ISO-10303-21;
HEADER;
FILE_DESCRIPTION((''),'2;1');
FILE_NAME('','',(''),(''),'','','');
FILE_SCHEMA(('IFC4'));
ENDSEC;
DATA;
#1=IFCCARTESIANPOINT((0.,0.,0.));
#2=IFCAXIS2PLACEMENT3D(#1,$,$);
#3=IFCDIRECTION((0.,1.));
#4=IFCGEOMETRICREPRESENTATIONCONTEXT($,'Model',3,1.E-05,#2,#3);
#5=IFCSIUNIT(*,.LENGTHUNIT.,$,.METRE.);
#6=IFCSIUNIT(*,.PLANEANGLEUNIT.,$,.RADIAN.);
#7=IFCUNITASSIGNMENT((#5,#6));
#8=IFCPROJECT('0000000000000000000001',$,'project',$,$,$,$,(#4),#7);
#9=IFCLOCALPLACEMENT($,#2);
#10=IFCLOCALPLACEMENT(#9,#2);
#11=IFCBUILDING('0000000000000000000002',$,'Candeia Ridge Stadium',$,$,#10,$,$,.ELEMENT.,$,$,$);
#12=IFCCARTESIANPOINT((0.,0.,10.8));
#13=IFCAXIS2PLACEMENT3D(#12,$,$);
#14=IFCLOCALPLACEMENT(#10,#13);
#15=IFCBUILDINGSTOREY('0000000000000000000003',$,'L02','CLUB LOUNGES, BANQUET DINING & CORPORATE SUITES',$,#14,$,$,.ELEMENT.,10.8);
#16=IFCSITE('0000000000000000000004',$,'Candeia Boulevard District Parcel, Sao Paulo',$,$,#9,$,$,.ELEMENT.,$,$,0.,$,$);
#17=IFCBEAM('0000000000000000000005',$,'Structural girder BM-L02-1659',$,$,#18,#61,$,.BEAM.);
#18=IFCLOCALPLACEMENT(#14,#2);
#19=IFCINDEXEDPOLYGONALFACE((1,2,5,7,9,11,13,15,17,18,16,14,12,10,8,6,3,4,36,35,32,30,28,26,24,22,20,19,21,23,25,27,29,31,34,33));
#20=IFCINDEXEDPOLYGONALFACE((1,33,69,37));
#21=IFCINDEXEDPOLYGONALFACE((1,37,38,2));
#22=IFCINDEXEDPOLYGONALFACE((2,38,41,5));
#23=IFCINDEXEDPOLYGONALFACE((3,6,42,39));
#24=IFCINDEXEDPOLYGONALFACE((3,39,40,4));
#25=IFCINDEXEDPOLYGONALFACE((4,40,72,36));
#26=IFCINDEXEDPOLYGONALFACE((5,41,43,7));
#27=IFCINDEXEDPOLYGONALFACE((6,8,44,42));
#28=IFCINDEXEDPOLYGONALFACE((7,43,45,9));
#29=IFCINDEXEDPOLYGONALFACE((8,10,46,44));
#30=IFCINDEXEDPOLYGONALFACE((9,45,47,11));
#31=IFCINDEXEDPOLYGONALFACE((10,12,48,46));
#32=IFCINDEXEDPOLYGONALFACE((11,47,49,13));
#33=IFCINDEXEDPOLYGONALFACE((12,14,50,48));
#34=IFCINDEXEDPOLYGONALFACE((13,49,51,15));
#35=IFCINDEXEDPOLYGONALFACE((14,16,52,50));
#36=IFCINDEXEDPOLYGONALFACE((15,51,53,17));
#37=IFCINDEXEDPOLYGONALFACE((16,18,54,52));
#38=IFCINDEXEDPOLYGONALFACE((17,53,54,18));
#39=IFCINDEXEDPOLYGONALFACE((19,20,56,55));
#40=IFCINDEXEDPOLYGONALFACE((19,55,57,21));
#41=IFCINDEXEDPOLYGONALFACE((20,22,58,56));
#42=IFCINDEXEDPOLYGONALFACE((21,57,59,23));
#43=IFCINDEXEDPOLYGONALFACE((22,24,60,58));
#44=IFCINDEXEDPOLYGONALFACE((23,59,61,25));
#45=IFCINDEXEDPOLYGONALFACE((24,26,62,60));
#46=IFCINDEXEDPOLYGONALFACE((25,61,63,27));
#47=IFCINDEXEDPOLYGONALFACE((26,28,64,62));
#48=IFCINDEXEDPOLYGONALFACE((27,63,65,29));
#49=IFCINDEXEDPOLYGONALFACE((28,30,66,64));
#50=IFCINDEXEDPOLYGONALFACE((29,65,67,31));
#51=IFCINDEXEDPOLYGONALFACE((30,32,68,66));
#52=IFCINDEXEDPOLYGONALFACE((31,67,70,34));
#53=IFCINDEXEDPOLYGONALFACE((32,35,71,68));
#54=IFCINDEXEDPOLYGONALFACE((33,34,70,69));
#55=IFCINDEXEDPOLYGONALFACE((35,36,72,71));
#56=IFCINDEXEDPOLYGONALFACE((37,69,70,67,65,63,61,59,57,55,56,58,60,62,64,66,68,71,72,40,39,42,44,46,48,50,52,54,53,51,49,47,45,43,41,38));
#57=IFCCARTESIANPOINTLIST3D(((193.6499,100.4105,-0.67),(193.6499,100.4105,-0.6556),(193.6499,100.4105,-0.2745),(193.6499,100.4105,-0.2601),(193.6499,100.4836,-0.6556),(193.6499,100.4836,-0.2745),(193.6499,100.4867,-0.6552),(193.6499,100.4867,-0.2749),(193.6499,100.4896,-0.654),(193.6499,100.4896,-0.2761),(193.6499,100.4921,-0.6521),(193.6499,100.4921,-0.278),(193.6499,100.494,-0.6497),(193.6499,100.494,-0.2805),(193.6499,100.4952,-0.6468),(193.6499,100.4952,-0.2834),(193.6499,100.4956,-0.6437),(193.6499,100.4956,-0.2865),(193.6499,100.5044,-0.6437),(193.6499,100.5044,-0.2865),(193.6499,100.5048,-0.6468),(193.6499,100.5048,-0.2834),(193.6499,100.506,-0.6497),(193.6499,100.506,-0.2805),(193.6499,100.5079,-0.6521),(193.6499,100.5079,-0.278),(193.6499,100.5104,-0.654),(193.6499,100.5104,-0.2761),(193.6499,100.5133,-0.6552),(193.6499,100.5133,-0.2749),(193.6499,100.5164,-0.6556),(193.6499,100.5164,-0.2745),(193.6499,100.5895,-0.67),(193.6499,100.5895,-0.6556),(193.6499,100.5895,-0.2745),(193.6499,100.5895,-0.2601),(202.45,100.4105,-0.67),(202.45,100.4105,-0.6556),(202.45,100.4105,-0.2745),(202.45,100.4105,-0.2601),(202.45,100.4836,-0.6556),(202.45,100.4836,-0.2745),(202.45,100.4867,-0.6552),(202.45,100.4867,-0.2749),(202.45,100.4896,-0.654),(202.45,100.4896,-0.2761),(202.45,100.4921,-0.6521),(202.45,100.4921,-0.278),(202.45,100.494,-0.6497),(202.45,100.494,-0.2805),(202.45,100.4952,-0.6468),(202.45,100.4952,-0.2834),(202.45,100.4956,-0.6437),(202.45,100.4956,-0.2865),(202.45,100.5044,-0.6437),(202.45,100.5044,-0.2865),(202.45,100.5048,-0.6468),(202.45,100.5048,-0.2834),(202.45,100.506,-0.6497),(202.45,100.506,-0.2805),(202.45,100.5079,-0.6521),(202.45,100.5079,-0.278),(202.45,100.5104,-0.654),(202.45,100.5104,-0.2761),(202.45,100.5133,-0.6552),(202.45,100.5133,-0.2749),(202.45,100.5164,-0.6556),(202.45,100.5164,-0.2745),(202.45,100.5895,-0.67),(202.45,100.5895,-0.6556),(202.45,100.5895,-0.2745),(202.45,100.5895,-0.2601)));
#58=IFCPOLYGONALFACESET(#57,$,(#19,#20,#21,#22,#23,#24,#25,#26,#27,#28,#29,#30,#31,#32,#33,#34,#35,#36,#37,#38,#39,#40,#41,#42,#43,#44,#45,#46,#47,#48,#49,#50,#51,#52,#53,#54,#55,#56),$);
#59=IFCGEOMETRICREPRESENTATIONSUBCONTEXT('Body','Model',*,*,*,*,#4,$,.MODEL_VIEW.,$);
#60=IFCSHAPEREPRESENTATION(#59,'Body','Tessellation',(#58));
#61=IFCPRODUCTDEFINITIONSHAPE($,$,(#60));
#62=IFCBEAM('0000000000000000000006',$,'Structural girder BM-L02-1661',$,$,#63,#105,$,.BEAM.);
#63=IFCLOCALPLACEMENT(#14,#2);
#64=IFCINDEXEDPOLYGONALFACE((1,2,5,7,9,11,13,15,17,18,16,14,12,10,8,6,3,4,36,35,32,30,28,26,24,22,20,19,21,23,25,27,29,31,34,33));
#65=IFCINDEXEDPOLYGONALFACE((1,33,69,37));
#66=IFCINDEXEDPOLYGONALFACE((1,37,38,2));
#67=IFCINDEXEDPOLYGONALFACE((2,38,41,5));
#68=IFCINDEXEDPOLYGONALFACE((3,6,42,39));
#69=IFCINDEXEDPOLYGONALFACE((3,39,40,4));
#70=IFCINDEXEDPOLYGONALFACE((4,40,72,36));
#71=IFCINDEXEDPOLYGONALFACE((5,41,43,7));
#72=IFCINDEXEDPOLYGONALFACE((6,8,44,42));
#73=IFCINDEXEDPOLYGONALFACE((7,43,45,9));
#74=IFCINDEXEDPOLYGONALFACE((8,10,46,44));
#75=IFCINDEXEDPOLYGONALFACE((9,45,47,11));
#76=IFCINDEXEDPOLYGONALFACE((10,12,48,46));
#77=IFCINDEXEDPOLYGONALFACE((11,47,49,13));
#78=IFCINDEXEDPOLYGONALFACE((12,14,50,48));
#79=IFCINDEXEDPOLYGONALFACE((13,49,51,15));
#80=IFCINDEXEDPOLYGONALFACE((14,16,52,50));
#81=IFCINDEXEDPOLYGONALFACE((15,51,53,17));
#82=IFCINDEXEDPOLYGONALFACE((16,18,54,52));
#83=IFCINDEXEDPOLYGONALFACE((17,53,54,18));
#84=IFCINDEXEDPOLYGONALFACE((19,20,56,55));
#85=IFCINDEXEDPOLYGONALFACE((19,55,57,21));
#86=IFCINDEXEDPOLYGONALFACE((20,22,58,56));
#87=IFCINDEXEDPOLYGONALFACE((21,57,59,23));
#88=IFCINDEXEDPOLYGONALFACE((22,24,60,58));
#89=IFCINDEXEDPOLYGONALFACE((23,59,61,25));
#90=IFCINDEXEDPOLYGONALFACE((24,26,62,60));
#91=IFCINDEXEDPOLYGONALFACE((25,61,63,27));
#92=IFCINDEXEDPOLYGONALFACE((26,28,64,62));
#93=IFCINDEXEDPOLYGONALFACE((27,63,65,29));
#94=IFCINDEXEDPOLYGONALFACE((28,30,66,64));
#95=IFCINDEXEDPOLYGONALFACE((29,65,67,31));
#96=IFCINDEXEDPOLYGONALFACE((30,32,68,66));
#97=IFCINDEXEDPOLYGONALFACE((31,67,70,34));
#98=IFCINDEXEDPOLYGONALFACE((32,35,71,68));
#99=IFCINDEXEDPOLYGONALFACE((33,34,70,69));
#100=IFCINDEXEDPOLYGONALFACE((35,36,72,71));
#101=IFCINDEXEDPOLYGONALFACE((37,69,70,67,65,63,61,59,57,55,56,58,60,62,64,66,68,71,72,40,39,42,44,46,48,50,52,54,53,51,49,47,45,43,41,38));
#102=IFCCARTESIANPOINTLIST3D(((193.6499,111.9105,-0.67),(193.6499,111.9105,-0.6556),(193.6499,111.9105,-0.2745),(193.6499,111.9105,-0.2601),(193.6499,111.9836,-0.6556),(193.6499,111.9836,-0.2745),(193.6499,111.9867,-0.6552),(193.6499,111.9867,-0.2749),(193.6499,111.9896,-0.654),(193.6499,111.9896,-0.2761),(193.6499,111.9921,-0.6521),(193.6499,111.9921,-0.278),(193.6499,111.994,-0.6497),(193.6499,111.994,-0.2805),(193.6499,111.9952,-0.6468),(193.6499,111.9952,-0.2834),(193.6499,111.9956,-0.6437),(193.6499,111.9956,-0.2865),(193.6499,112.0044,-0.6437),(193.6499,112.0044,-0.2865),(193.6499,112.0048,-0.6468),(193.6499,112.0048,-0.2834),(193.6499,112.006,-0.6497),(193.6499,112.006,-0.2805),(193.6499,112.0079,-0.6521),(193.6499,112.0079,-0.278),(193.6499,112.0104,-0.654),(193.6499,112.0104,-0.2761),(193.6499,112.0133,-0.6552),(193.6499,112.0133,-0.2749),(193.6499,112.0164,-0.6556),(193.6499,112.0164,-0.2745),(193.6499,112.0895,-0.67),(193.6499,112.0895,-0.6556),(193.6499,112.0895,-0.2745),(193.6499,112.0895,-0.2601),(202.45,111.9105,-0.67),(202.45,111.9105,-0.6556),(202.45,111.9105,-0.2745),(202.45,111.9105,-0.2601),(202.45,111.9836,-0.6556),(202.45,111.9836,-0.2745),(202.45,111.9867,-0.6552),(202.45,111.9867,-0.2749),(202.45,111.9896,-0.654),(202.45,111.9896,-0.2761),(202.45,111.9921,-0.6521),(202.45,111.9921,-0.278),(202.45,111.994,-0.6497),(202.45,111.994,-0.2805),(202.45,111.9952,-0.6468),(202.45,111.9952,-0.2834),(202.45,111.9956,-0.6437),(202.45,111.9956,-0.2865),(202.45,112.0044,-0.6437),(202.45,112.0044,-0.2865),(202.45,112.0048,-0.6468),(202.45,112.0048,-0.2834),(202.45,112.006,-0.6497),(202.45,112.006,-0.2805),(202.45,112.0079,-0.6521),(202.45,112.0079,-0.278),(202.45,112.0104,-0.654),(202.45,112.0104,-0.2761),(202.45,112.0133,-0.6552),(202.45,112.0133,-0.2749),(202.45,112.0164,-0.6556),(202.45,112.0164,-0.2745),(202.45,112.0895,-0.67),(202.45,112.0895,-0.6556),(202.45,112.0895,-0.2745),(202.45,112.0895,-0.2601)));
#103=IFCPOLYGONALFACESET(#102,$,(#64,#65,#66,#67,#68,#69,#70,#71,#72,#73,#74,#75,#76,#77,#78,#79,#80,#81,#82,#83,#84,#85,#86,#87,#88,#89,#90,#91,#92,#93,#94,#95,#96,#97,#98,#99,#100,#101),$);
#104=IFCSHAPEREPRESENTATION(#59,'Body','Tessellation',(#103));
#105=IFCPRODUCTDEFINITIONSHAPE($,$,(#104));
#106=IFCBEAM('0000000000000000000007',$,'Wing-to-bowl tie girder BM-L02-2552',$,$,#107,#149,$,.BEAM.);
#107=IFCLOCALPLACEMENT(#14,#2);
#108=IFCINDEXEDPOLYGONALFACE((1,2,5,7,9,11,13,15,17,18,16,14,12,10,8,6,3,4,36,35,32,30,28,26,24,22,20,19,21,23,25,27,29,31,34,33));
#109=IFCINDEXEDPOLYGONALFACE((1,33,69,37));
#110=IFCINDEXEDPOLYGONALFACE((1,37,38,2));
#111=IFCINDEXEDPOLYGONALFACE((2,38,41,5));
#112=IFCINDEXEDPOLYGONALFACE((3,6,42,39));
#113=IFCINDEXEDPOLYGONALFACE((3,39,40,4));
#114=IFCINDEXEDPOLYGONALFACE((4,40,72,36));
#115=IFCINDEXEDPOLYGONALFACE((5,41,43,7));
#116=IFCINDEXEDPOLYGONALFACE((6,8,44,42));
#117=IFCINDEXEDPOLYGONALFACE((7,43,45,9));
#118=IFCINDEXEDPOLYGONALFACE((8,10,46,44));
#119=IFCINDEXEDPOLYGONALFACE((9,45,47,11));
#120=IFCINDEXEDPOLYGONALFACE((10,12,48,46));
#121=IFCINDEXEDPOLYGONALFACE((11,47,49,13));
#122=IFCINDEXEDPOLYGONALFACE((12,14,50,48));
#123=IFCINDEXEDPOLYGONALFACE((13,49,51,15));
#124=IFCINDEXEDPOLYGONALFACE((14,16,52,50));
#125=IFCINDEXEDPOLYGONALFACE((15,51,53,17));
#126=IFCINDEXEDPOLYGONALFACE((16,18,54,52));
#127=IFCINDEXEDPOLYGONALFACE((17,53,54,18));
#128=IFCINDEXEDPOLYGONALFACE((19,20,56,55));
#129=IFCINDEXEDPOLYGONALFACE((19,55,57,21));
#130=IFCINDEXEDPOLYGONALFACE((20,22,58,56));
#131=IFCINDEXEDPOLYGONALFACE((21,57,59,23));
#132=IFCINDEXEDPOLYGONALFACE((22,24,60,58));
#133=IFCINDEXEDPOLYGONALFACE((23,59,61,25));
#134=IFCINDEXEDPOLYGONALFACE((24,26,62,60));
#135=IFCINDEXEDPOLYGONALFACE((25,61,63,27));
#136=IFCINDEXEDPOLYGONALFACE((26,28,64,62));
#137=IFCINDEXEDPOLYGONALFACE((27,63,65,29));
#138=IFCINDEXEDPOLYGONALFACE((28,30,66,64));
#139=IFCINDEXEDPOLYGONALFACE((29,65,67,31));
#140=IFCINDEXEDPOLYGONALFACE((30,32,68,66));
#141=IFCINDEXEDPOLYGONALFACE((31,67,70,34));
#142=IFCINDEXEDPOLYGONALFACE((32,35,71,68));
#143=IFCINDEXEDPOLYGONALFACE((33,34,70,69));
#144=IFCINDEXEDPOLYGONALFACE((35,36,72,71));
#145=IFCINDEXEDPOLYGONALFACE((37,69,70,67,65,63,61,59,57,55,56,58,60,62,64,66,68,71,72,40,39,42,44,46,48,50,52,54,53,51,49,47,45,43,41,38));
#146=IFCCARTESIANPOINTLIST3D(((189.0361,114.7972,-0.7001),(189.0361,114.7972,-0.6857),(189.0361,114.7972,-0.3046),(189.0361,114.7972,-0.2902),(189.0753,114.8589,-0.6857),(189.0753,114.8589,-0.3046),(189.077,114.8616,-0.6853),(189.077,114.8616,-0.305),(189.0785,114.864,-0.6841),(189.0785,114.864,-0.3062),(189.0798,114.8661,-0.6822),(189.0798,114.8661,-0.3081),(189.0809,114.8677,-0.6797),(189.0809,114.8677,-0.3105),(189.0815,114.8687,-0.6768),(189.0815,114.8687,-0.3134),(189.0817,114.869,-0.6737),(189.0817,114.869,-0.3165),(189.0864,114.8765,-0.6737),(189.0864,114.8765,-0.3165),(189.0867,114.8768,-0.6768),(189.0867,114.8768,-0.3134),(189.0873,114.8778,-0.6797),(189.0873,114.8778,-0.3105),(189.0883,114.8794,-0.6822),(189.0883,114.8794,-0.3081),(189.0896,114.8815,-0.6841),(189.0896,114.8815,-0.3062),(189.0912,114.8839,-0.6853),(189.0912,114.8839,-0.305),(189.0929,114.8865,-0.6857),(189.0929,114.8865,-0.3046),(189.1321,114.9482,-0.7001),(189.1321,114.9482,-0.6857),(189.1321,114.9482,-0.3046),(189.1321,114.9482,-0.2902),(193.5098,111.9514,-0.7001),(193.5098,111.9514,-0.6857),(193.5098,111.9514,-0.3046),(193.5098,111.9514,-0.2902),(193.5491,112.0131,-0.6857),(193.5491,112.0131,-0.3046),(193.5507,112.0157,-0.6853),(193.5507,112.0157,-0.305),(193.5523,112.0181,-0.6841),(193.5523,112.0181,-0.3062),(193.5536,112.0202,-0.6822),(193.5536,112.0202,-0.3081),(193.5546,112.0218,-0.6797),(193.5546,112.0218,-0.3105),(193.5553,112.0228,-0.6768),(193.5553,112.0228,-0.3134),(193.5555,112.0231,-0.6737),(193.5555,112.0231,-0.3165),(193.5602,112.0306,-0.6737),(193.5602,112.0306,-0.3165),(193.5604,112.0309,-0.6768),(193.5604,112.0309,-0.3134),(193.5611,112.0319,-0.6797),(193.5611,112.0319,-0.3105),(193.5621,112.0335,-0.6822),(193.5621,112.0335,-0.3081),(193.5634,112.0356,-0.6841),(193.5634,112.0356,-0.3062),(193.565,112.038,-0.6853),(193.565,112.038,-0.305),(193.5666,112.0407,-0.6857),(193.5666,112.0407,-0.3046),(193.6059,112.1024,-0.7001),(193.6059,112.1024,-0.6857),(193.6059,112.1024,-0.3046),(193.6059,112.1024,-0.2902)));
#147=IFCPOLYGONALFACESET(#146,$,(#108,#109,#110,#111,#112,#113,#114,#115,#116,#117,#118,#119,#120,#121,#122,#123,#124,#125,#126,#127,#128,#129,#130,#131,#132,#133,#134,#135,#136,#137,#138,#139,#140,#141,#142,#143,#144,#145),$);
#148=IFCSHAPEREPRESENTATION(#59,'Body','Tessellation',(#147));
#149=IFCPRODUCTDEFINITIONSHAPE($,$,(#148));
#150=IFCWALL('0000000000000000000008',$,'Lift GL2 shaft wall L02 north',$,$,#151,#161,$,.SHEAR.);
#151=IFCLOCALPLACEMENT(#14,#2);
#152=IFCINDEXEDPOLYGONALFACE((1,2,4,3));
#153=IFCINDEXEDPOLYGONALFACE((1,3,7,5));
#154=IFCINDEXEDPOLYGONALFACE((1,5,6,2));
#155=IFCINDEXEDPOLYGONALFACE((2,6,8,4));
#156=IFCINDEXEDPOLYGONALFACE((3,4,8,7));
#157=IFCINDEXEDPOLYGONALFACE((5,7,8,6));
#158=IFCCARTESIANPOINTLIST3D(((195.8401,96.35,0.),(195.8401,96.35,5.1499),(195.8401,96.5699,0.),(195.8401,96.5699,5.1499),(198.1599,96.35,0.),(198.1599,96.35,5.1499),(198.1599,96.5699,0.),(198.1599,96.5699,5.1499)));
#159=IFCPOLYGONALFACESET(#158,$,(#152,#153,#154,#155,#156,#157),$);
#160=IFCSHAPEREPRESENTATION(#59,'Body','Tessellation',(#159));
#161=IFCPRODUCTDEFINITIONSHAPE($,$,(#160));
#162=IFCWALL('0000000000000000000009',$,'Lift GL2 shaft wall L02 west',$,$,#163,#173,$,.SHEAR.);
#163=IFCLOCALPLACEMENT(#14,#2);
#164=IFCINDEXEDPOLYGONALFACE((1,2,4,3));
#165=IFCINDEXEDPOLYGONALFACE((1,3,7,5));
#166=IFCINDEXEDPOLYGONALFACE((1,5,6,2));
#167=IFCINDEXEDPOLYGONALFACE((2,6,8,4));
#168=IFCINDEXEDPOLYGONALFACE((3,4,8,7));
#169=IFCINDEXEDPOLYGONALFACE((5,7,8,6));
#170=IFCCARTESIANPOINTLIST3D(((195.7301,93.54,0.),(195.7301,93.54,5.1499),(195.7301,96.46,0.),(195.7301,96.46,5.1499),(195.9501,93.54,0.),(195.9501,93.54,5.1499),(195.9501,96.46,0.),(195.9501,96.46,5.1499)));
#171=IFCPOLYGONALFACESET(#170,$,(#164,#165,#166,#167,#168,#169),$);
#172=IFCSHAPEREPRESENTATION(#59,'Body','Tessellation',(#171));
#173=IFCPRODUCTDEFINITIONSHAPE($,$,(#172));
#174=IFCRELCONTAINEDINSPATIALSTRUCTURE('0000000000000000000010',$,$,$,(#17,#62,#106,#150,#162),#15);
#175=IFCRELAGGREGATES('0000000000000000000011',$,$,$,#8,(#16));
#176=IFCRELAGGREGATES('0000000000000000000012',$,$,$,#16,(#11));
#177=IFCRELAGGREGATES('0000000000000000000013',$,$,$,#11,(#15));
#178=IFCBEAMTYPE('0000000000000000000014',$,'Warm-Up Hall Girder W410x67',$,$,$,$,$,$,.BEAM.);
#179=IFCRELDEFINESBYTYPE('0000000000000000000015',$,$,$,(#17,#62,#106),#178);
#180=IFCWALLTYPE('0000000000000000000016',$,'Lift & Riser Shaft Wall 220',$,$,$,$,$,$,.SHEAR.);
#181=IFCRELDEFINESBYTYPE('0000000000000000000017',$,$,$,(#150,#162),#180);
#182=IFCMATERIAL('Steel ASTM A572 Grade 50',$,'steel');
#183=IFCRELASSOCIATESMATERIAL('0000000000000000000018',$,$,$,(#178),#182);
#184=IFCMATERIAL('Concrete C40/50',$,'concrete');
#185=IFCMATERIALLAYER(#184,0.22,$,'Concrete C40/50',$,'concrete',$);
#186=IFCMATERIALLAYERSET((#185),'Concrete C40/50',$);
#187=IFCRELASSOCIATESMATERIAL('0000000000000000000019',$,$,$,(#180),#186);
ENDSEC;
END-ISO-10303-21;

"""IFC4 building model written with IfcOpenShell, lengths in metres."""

from ifc_helpers import new_model, si_unit, direction, frame, frame_2d, origin, origin_2d, place, context, subcontext, project, spatial, rectangle, i_section, extrude, material, layer, layer_set, material_profile, profile_set, type_object, element, save


model = new_model("IFC4")

# Units and contexts
model_context = context("Model", 3, precision=1e-05, world=origin(), true_north=direction((0.0, 1.0)))
body_context = subcontext(model_context, "Body", "Model", "MODEL_VIEW")
ifc_project = project(units=[si_unit("LENGTHUNIT", "METRE"), si_unit("PLANEANGLEUNIT", "RADIAN")], contexts=[model_context])

# Site, building, storey
site_placement = place(None, origin())
site = spatial("IfcSite", under=ifc_project, at=site_placement, Name="Candeia Boulevard District Parcel, Sao Paulo", CompositionType="ELEMENT", RefElevation=0.0)
building_placement = place(site_placement, origin())
building = spatial("IfcBuilding", under=site, at=building_placement, Name="Candeia Ridge Stadium", CompositionType="ELEMENT")
storey_placement = place(building_placement, frame((0.0, 0.0, 10.8)))
storey = spatial("IfcBuildingStorey", under=building, at=storey_placement, Name="L02", Description="CLUB LOUNGES, BANQUET DINING & CORPORATE SUITES", CompositionType="ELEMENT", Elevation=10.8)

# Shared definitions
ifc_material_1 = material(Name="Concrete C40/50", Category="concrete")

# Beams
ifc_material_2 = material(Name="Steel ASTM A572 Grade 50", Category="steel")
ifc_material_profile_1 = material_profile(ifc_material_2, i_section(OverallWidth=0.179, OverallDepth=0.4099, WebThickness=0.0088, FlangeThickness=0.0144, FilletRadius=0.012, at=origin_2d()), Name="W410x67", Category="steel")
ifc_profile_set_1 = profile_set([ifc_material_profile_1], Name="Steel ASTM A572 Grade 50")
beam_type_1 = type_object("IfcBeamType", Name="Warm-Up Hall Girder W410x67", PredefinedType="BEAM", material=ifc_profile_set_1)
for number, where, z_axis, x_axis, name in (
    (1, (193.6499, 100.5, -0.4651), (1.0, 0.0, 0.0), (0.0, 1.0, 0.0), "Structural girder BM-L02-1659"),
    (2, (193.6499, 112.0, -0.4651), (1.0, 0.0, 0.0), (0.0, 1.0, 0.0), "Structural girder BM-L02-1661"),
):
    element("IfcBeam", number, at=place(storey_placement, frame(where, z_axis=z_axis, x_axis=x_axis)), inside=storey, type_object=beam_type_1, Name=name, PredefinedType="BEAM", context=body_context, shape_type="SweptSolid", body=[
        extrude(i_section(OverallWidth=0.179, OverallDepth=0.4099, WebThickness=0.0088, FlangeThickness=0.0144, FilletRadius=0.012, at=origin_2d()), origin(), (0.0, 0.0, 1.0), 8.8),
    ])
beam_1_placement = place(storey_placement, frame((193.5579, 112.0269, -0.4951), z_axis=(-0.843752, 0.536732, 0.0), x_axis=(-0.536732, -0.843752, 0.0)))
element("IfcBeam", 3, at=beam_1_placement, inside=storey, type_object=beam_type_1, Name="Wing-to-bowl tie girder BM-L02-2552", PredefinedType="BEAM", context=body_context, shape_type="SweptSolid", body=[
    extrude(i_section(OverallWidth=0.179, OverallDepth=0.4099, WebThickness=0.0088, FlangeThickness=0.0144, FilletRadius=0.012, at=origin_2d()), origin(), (0.0, 0.0, 1.0), 5.3022),
])

# Walls
ifc_layer_1 = layer(ifc_material_1, 0.22, Name="Concrete C40/50", Category="concrete")
ifc_layer_set_1 = layer_set([ifc_layer_1], Name="Concrete C40/50")
wall_type_1 = type_object("IfcWallType", Name="Lift & Riser Shaft Wall 220", PredefinedType="SHEAR", material=ifc_layer_set_1)
wall_1_placement = place(storey_placement, frame((198.1599, 96.46, 0.0), z_axis=(0.0, 0.0, 1.0), x_axis=(-1.0, 0.0, 0.0)))
element("IfcWall", 4, at=wall_1_placement, inside=storey, type_object=wall_type_1, Name="Lift GL2 shaft wall L02 north", PredefinedType="SHEAR", context=body_context, shape_type="SweptSolid", body=[
    extrude(rectangle(XDim=2.3198, YDim=0.22, at=frame_2d((1.1599, 0.0))), origin(), (0.0, 0.0, 1.0), 5.1499),
])
wall_2_placement = place(storey_placement, frame((195.8401, 96.46, 0.0), z_axis=(0.0, 0.0, 1.0), x_axis=(0.0, -1.0, 0.0)))
element("IfcWall", 5, at=wall_2_placement, inside=storey, type_object=wall_type_1, Name="Lift GL2 shaft wall L02 west", PredefinedType="SHEAR", context=body_context, shape_type="SweptSolid", body=[
    extrude(rectangle(XDim=2.9199, YDim=0.22, at=frame_2d((1.46, 0.0))), origin(), (0.0, 0.0, 1.0), 5.1499),
])

save(model, "model.ifc")
